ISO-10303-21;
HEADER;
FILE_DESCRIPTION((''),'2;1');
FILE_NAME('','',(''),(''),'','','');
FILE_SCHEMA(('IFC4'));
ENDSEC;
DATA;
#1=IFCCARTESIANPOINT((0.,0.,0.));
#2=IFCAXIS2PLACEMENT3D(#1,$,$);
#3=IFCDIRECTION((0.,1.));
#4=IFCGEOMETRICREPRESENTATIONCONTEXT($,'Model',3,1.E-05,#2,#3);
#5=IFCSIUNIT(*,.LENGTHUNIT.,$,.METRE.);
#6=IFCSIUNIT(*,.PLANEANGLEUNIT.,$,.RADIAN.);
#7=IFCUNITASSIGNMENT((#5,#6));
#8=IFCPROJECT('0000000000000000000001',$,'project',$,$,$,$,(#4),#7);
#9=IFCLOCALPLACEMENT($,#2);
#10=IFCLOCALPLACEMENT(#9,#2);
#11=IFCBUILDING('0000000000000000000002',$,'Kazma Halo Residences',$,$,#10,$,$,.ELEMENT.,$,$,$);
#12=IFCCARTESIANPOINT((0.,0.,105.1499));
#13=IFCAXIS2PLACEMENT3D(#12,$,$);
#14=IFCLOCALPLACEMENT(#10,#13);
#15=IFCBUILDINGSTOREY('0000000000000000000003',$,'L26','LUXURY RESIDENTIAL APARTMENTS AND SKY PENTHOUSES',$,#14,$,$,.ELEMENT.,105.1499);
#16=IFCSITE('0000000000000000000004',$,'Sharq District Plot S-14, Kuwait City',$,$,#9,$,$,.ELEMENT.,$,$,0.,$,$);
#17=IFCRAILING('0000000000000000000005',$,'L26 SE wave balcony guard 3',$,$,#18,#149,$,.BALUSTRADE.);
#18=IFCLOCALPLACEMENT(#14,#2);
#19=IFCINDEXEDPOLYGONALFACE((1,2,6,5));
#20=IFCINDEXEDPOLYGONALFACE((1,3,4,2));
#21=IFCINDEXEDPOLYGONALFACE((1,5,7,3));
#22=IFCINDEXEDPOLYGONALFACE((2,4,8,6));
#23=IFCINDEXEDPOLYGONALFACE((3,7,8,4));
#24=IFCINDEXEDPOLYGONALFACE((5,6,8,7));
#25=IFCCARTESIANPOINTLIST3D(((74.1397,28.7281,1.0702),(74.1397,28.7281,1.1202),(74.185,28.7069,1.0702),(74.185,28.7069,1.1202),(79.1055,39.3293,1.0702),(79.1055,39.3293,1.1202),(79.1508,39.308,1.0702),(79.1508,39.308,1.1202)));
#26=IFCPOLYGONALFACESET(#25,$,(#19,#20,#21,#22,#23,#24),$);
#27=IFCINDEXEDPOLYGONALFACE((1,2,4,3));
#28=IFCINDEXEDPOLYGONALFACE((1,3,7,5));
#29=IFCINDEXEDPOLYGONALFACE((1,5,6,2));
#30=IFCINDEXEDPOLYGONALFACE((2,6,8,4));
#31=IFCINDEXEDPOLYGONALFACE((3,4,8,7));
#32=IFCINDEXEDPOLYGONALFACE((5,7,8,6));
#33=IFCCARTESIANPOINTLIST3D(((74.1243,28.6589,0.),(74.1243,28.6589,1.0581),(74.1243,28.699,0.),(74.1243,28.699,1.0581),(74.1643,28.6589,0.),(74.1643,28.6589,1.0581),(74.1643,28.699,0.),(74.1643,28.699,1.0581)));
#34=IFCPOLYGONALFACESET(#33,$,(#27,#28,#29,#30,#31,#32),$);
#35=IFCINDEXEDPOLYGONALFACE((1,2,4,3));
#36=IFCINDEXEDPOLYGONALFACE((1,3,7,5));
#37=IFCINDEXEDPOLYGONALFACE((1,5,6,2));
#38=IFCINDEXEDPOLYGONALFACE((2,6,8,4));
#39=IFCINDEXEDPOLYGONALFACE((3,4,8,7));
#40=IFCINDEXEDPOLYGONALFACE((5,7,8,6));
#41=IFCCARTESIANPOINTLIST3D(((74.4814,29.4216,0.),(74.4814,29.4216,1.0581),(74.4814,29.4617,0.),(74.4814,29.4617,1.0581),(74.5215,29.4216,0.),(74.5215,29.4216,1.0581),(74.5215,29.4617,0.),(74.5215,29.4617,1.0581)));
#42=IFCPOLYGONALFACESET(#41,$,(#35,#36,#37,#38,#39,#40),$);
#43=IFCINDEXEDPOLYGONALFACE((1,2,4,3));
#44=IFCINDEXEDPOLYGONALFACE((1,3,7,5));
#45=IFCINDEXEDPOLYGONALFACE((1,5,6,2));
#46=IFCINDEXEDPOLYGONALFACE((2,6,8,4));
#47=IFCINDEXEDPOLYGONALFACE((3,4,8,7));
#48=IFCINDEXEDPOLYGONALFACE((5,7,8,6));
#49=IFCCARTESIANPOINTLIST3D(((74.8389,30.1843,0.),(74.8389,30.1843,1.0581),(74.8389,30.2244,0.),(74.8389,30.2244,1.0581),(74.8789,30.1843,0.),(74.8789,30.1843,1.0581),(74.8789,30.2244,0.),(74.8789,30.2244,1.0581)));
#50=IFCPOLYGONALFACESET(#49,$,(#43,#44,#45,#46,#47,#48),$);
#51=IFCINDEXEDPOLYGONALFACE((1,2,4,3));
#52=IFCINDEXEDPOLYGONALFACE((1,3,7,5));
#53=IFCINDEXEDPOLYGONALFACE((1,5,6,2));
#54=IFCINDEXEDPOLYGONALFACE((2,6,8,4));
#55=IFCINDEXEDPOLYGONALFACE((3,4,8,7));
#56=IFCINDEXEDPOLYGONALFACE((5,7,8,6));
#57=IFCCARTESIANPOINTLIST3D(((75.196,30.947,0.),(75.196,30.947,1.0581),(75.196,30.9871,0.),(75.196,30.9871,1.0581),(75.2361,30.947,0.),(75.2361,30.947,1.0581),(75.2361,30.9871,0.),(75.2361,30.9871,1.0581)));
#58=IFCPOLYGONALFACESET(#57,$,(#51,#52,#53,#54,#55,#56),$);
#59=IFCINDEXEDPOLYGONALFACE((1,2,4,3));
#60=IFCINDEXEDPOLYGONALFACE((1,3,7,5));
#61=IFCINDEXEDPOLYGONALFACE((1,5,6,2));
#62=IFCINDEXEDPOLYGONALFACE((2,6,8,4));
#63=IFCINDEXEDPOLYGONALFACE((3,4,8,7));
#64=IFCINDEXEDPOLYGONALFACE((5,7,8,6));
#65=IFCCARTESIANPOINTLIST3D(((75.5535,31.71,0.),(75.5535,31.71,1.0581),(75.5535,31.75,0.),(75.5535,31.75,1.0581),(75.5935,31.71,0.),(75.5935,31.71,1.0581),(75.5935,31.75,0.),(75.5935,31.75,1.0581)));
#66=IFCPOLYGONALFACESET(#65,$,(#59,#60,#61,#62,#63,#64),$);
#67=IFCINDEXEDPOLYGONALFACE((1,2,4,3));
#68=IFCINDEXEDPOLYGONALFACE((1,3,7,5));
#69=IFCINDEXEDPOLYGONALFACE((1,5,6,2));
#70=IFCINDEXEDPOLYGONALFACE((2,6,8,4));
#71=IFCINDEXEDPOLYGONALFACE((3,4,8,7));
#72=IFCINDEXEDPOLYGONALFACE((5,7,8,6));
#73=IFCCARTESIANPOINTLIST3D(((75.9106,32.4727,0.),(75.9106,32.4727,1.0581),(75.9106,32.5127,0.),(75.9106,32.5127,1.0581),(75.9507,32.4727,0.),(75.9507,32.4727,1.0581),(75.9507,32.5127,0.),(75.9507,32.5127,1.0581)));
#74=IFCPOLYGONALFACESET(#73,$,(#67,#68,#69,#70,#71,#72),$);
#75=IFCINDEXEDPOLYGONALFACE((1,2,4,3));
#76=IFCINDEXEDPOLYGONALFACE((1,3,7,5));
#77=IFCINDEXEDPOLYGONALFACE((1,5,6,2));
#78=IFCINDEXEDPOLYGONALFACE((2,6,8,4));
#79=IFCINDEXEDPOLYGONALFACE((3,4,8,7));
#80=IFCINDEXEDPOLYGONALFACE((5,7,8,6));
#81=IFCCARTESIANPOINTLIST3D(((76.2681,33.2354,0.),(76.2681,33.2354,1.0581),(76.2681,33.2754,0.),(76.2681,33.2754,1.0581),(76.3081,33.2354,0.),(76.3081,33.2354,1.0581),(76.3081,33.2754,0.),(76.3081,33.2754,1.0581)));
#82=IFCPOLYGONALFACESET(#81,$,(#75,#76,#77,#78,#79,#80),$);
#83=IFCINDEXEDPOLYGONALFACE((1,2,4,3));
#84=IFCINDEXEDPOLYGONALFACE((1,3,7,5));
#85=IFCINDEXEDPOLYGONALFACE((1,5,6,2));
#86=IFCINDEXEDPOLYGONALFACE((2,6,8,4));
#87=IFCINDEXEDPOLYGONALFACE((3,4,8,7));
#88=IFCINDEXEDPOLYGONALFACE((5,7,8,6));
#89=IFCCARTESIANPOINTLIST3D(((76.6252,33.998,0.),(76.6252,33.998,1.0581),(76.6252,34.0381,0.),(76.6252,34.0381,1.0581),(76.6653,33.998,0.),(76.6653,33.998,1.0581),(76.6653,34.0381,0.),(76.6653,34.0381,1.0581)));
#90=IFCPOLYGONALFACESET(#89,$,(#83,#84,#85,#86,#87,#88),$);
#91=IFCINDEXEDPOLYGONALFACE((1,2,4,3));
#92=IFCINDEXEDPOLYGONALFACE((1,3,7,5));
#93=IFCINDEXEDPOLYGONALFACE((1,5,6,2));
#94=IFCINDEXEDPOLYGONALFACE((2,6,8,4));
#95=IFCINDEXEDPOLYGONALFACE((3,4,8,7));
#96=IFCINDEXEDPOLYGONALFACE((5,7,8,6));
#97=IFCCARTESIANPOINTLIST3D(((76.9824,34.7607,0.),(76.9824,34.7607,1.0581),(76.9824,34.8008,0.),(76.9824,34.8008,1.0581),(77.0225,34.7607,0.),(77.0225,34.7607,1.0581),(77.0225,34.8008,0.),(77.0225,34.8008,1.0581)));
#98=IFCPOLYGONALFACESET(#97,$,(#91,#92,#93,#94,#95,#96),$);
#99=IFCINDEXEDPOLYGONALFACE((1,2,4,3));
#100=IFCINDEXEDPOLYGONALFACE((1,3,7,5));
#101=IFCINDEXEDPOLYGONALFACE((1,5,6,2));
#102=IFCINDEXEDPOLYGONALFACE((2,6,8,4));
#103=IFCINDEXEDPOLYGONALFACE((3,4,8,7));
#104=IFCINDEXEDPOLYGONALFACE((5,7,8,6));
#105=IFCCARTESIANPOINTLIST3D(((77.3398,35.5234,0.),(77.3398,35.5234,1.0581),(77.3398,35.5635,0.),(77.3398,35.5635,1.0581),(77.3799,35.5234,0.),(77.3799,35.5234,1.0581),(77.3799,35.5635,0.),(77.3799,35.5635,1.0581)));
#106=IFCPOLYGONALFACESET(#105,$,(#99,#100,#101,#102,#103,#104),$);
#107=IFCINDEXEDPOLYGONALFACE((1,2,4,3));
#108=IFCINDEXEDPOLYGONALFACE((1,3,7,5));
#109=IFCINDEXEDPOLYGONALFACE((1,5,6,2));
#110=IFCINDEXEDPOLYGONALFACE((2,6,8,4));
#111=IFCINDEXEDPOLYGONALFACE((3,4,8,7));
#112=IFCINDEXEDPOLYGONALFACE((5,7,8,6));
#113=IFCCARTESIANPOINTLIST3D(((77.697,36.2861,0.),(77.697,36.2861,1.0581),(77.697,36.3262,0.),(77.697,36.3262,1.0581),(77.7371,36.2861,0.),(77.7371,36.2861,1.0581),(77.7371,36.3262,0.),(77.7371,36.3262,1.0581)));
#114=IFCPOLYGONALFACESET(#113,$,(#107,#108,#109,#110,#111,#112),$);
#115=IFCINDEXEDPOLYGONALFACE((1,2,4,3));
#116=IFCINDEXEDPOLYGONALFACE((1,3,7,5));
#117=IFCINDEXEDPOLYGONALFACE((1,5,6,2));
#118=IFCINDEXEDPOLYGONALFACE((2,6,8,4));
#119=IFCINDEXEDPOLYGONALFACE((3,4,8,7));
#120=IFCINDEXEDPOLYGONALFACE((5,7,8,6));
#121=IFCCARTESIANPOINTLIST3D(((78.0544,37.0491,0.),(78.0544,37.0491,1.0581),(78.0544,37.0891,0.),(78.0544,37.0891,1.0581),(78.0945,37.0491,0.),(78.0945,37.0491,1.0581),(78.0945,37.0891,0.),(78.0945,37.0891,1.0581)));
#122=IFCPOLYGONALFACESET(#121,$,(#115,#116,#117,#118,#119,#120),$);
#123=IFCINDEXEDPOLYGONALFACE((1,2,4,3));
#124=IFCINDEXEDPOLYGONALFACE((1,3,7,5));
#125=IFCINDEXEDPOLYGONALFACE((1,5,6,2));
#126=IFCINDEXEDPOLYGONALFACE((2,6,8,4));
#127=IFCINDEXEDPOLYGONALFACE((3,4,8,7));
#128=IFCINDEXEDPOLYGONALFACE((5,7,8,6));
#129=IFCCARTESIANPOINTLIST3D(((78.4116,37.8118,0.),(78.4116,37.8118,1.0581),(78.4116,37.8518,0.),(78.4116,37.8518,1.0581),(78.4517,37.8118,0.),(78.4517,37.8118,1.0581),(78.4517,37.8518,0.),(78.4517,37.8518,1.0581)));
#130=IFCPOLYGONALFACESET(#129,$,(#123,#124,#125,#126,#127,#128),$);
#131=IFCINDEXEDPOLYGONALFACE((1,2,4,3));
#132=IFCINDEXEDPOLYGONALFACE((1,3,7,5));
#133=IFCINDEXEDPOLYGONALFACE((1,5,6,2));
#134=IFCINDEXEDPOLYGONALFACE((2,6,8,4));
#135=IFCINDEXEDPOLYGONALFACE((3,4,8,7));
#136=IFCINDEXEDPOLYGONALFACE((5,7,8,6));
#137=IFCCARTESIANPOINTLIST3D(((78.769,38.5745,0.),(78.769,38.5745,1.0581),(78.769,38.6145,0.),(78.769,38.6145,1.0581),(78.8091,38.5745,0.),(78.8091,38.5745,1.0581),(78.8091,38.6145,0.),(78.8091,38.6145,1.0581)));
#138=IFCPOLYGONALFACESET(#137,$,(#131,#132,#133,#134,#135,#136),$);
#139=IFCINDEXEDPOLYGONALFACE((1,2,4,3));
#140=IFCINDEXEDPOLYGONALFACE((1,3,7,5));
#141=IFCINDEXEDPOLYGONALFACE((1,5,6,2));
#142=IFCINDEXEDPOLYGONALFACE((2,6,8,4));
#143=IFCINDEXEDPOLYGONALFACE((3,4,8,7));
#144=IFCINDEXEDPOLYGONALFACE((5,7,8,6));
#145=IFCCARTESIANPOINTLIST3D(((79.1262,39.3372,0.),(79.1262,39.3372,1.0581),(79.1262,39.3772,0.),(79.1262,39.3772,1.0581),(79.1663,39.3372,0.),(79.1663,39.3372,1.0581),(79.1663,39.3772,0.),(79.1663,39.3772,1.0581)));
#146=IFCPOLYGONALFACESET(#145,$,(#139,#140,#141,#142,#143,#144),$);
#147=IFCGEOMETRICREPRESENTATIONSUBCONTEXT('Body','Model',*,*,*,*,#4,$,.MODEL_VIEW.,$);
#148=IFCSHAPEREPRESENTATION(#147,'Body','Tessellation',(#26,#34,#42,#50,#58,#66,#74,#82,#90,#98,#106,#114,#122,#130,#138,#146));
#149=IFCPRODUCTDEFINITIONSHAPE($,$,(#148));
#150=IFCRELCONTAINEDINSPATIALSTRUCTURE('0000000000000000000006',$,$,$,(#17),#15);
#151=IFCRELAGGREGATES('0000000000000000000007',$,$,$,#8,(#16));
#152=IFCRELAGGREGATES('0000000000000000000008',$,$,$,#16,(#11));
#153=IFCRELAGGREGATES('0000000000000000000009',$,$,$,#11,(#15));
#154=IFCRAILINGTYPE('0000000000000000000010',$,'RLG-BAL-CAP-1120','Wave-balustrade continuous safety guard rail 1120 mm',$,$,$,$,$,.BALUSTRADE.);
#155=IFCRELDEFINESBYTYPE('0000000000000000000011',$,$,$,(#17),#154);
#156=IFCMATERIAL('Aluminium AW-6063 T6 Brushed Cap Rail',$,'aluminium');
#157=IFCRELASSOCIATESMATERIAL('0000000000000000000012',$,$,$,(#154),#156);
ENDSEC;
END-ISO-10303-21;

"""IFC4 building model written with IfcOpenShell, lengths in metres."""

from ifc_helpers import new_model, si_unit, direction, frame, origin, origin_2d, place, context, subcontext, project, spatial, rectangle, extrude, material, type_object, element, save


model = new_model("IFC4")

# Units and contexts
model_context = context("Model", 3, precision=1e-05, world=origin(), true_north=direction((0.0, 1.0)))
body_context = subcontext(model_context, "Body", "Model", "MODEL_VIEW")
ifc_project = project(units=[si_unit("LENGTHUNIT", "METRE"), si_unit("PLANEANGLEUNIT", "RADIAN")], contexts=[model_context])

# Site, building, storey
site_placement = place(None, origin())
site = spatial("IfcSite", under=ifc_project, at=site_placement, Name="Sharq District Plot S-14, Kuwait City", CompositionType="ELEMENT", RefElevation=0.0)
building_placement = place(site_placement, origin())
building = spatial("IfcBuilding", under=site, at=building_placement, Name="Kazma Halo Residences", CompositionType="ELEMENT")
storey_placement = place(building_placement, frame((0.0, 0.0, 105.1499)))
storey = spatial("IfcBuildingStorey", under=building, at=storey_placement, Name="L26", Description="LUXURY RESIDENTIAL APARTMENTS AND SKY PENTHOUSES", CompositionType="ELEMENT", Elevation=105.1499)

# Railing
ifc_material_1 = material(Name="Aluminium AW-6063 T6 Brushed Cap Rail", Category="aluminium")
railing_type = type_object("IfcRailingType", Name="RLG-BAL-CAP-1120", Description="Wave-balustrade continuous safety guard rail 1120 mm", PredefinedType="BALUSTRADE", material=ifc_material_1)
railing_1_placement = place(storey_placement, frame((74.1443, 28.679, 0.0)))
element("IfcRailing", 1, at=railing_1_placement, inside=storey, type_object=railing_type, Name="L26 SE wave balcony guard 3", PredefinedType="BALUSTRADE", context=body_context, shape_type="SweptSolid", body=[
    extrude(rectangle(XDim=0.05, YDim=0.05, at=origin_2d()), frame((0.0181, 0.0386, 1.0952), z_axis=(0.424193, 0.905572, 0.0), x_axis=(-0.905572, 0.424193, 0.0)), (0.0, 0.0, 1.0), 11.7065),
    extrude(rectangle(XDim=0.04, YDim=0.04, at=origin_2d()), origin(), (0.0, 0.0, 1.0), 1.0581),
    extrude(rectangle(XDim=0.04, YDim=0.04, at=origin_2d()), frame((0.3572, 0.7627, 0.0)), (0.0, 0.0, 1.0), 1.0581),
    extrude(rectangle(XDim=0.04, YDim=0.04, at=origin_2d()), frame((0.7146, 1.5254, 0.0)), (0.0, 0.0, 1.0), 1.0581),
    extrude(rectangle(XDim=0.04, YDim=0.04, at=origin_2d()), frame((1.0718, 2.2881, 0.0)), (0.0, 0.0, 1.0), 1.0581),
    extrude(rectangle(XDim=0.04, YDim=0.04, at=origin_2d()), frame((1.4292, 3.051, 0.0)), (0.0, 0.0, 1.0), 1.0581),
    extrude(rectangle(XDim=0.04, YDim=0.04, at=origin_2d()), frame((1.7864, 3.8137, 0.0)), (0.0, 0.0, 1.0), 1.0581),
    extrude(rectangle(XDim=0.04, YDim=0.04, at=origin_2d()), frame((2.1438, 4.5764, 0.0)), (0.0, 0.0, 1.0), 1.0581),
    extrude(rectangle(XDim=0.04, YDim=0.04, at=origin_2d()), frame((2.501, 5.3391, 0.0)), (0.0, 0.0, 1.0), 1.0581),
    extrude(rectangle(XDim=0.04, YDim=0.04, at=origin_2d()), frame((2.8582, 6.1018, 0.0)), (0.0, 0.0, 1.0), 1.0581),
    extrude(rectangle(XDim=0.04, YDim=0.04, at=origin_2d()), frame((3.2156, 6.8645, 0.0)), (0.0, 0.0, 1.0), 1.0581),
    extrude(rectangle(XDim=0.04, YDim=0.04, at=origin_2d()), frame((3.5728, 7.6272, 0.0)), (0.0, 0.0, 1.0), 1.0581),
    extrude(rectangle(XDim=0.04, YDim=0.04, at=origin_2d()), frame((3.9302, 8.3901, 0.0)), (0.0, 0.0, 1.0), 1.0581),
    extrude(rectangle(XDim=0.04, YDim=0.04, at=origin_2d()), frame((4.2874, 9.1528, 0.0)), (0.0, 0.0, 1.0), 1.0581),
    extrude(rectangle(XDim=0.04, YDim=0.04, at=origin_2d()), frame((4.6448, 9.9155, 0.0)), (0.0, 0.0, 1.0), 1.0581),
    extrude(rectangle(XDim=0.04, YDim=0.04, at=origin_2d()), frame((5.002, 10.6782, 0.0)), (0.0, 0.0, 1.0), 1.0581),
])

save(model, "model.ifc")
